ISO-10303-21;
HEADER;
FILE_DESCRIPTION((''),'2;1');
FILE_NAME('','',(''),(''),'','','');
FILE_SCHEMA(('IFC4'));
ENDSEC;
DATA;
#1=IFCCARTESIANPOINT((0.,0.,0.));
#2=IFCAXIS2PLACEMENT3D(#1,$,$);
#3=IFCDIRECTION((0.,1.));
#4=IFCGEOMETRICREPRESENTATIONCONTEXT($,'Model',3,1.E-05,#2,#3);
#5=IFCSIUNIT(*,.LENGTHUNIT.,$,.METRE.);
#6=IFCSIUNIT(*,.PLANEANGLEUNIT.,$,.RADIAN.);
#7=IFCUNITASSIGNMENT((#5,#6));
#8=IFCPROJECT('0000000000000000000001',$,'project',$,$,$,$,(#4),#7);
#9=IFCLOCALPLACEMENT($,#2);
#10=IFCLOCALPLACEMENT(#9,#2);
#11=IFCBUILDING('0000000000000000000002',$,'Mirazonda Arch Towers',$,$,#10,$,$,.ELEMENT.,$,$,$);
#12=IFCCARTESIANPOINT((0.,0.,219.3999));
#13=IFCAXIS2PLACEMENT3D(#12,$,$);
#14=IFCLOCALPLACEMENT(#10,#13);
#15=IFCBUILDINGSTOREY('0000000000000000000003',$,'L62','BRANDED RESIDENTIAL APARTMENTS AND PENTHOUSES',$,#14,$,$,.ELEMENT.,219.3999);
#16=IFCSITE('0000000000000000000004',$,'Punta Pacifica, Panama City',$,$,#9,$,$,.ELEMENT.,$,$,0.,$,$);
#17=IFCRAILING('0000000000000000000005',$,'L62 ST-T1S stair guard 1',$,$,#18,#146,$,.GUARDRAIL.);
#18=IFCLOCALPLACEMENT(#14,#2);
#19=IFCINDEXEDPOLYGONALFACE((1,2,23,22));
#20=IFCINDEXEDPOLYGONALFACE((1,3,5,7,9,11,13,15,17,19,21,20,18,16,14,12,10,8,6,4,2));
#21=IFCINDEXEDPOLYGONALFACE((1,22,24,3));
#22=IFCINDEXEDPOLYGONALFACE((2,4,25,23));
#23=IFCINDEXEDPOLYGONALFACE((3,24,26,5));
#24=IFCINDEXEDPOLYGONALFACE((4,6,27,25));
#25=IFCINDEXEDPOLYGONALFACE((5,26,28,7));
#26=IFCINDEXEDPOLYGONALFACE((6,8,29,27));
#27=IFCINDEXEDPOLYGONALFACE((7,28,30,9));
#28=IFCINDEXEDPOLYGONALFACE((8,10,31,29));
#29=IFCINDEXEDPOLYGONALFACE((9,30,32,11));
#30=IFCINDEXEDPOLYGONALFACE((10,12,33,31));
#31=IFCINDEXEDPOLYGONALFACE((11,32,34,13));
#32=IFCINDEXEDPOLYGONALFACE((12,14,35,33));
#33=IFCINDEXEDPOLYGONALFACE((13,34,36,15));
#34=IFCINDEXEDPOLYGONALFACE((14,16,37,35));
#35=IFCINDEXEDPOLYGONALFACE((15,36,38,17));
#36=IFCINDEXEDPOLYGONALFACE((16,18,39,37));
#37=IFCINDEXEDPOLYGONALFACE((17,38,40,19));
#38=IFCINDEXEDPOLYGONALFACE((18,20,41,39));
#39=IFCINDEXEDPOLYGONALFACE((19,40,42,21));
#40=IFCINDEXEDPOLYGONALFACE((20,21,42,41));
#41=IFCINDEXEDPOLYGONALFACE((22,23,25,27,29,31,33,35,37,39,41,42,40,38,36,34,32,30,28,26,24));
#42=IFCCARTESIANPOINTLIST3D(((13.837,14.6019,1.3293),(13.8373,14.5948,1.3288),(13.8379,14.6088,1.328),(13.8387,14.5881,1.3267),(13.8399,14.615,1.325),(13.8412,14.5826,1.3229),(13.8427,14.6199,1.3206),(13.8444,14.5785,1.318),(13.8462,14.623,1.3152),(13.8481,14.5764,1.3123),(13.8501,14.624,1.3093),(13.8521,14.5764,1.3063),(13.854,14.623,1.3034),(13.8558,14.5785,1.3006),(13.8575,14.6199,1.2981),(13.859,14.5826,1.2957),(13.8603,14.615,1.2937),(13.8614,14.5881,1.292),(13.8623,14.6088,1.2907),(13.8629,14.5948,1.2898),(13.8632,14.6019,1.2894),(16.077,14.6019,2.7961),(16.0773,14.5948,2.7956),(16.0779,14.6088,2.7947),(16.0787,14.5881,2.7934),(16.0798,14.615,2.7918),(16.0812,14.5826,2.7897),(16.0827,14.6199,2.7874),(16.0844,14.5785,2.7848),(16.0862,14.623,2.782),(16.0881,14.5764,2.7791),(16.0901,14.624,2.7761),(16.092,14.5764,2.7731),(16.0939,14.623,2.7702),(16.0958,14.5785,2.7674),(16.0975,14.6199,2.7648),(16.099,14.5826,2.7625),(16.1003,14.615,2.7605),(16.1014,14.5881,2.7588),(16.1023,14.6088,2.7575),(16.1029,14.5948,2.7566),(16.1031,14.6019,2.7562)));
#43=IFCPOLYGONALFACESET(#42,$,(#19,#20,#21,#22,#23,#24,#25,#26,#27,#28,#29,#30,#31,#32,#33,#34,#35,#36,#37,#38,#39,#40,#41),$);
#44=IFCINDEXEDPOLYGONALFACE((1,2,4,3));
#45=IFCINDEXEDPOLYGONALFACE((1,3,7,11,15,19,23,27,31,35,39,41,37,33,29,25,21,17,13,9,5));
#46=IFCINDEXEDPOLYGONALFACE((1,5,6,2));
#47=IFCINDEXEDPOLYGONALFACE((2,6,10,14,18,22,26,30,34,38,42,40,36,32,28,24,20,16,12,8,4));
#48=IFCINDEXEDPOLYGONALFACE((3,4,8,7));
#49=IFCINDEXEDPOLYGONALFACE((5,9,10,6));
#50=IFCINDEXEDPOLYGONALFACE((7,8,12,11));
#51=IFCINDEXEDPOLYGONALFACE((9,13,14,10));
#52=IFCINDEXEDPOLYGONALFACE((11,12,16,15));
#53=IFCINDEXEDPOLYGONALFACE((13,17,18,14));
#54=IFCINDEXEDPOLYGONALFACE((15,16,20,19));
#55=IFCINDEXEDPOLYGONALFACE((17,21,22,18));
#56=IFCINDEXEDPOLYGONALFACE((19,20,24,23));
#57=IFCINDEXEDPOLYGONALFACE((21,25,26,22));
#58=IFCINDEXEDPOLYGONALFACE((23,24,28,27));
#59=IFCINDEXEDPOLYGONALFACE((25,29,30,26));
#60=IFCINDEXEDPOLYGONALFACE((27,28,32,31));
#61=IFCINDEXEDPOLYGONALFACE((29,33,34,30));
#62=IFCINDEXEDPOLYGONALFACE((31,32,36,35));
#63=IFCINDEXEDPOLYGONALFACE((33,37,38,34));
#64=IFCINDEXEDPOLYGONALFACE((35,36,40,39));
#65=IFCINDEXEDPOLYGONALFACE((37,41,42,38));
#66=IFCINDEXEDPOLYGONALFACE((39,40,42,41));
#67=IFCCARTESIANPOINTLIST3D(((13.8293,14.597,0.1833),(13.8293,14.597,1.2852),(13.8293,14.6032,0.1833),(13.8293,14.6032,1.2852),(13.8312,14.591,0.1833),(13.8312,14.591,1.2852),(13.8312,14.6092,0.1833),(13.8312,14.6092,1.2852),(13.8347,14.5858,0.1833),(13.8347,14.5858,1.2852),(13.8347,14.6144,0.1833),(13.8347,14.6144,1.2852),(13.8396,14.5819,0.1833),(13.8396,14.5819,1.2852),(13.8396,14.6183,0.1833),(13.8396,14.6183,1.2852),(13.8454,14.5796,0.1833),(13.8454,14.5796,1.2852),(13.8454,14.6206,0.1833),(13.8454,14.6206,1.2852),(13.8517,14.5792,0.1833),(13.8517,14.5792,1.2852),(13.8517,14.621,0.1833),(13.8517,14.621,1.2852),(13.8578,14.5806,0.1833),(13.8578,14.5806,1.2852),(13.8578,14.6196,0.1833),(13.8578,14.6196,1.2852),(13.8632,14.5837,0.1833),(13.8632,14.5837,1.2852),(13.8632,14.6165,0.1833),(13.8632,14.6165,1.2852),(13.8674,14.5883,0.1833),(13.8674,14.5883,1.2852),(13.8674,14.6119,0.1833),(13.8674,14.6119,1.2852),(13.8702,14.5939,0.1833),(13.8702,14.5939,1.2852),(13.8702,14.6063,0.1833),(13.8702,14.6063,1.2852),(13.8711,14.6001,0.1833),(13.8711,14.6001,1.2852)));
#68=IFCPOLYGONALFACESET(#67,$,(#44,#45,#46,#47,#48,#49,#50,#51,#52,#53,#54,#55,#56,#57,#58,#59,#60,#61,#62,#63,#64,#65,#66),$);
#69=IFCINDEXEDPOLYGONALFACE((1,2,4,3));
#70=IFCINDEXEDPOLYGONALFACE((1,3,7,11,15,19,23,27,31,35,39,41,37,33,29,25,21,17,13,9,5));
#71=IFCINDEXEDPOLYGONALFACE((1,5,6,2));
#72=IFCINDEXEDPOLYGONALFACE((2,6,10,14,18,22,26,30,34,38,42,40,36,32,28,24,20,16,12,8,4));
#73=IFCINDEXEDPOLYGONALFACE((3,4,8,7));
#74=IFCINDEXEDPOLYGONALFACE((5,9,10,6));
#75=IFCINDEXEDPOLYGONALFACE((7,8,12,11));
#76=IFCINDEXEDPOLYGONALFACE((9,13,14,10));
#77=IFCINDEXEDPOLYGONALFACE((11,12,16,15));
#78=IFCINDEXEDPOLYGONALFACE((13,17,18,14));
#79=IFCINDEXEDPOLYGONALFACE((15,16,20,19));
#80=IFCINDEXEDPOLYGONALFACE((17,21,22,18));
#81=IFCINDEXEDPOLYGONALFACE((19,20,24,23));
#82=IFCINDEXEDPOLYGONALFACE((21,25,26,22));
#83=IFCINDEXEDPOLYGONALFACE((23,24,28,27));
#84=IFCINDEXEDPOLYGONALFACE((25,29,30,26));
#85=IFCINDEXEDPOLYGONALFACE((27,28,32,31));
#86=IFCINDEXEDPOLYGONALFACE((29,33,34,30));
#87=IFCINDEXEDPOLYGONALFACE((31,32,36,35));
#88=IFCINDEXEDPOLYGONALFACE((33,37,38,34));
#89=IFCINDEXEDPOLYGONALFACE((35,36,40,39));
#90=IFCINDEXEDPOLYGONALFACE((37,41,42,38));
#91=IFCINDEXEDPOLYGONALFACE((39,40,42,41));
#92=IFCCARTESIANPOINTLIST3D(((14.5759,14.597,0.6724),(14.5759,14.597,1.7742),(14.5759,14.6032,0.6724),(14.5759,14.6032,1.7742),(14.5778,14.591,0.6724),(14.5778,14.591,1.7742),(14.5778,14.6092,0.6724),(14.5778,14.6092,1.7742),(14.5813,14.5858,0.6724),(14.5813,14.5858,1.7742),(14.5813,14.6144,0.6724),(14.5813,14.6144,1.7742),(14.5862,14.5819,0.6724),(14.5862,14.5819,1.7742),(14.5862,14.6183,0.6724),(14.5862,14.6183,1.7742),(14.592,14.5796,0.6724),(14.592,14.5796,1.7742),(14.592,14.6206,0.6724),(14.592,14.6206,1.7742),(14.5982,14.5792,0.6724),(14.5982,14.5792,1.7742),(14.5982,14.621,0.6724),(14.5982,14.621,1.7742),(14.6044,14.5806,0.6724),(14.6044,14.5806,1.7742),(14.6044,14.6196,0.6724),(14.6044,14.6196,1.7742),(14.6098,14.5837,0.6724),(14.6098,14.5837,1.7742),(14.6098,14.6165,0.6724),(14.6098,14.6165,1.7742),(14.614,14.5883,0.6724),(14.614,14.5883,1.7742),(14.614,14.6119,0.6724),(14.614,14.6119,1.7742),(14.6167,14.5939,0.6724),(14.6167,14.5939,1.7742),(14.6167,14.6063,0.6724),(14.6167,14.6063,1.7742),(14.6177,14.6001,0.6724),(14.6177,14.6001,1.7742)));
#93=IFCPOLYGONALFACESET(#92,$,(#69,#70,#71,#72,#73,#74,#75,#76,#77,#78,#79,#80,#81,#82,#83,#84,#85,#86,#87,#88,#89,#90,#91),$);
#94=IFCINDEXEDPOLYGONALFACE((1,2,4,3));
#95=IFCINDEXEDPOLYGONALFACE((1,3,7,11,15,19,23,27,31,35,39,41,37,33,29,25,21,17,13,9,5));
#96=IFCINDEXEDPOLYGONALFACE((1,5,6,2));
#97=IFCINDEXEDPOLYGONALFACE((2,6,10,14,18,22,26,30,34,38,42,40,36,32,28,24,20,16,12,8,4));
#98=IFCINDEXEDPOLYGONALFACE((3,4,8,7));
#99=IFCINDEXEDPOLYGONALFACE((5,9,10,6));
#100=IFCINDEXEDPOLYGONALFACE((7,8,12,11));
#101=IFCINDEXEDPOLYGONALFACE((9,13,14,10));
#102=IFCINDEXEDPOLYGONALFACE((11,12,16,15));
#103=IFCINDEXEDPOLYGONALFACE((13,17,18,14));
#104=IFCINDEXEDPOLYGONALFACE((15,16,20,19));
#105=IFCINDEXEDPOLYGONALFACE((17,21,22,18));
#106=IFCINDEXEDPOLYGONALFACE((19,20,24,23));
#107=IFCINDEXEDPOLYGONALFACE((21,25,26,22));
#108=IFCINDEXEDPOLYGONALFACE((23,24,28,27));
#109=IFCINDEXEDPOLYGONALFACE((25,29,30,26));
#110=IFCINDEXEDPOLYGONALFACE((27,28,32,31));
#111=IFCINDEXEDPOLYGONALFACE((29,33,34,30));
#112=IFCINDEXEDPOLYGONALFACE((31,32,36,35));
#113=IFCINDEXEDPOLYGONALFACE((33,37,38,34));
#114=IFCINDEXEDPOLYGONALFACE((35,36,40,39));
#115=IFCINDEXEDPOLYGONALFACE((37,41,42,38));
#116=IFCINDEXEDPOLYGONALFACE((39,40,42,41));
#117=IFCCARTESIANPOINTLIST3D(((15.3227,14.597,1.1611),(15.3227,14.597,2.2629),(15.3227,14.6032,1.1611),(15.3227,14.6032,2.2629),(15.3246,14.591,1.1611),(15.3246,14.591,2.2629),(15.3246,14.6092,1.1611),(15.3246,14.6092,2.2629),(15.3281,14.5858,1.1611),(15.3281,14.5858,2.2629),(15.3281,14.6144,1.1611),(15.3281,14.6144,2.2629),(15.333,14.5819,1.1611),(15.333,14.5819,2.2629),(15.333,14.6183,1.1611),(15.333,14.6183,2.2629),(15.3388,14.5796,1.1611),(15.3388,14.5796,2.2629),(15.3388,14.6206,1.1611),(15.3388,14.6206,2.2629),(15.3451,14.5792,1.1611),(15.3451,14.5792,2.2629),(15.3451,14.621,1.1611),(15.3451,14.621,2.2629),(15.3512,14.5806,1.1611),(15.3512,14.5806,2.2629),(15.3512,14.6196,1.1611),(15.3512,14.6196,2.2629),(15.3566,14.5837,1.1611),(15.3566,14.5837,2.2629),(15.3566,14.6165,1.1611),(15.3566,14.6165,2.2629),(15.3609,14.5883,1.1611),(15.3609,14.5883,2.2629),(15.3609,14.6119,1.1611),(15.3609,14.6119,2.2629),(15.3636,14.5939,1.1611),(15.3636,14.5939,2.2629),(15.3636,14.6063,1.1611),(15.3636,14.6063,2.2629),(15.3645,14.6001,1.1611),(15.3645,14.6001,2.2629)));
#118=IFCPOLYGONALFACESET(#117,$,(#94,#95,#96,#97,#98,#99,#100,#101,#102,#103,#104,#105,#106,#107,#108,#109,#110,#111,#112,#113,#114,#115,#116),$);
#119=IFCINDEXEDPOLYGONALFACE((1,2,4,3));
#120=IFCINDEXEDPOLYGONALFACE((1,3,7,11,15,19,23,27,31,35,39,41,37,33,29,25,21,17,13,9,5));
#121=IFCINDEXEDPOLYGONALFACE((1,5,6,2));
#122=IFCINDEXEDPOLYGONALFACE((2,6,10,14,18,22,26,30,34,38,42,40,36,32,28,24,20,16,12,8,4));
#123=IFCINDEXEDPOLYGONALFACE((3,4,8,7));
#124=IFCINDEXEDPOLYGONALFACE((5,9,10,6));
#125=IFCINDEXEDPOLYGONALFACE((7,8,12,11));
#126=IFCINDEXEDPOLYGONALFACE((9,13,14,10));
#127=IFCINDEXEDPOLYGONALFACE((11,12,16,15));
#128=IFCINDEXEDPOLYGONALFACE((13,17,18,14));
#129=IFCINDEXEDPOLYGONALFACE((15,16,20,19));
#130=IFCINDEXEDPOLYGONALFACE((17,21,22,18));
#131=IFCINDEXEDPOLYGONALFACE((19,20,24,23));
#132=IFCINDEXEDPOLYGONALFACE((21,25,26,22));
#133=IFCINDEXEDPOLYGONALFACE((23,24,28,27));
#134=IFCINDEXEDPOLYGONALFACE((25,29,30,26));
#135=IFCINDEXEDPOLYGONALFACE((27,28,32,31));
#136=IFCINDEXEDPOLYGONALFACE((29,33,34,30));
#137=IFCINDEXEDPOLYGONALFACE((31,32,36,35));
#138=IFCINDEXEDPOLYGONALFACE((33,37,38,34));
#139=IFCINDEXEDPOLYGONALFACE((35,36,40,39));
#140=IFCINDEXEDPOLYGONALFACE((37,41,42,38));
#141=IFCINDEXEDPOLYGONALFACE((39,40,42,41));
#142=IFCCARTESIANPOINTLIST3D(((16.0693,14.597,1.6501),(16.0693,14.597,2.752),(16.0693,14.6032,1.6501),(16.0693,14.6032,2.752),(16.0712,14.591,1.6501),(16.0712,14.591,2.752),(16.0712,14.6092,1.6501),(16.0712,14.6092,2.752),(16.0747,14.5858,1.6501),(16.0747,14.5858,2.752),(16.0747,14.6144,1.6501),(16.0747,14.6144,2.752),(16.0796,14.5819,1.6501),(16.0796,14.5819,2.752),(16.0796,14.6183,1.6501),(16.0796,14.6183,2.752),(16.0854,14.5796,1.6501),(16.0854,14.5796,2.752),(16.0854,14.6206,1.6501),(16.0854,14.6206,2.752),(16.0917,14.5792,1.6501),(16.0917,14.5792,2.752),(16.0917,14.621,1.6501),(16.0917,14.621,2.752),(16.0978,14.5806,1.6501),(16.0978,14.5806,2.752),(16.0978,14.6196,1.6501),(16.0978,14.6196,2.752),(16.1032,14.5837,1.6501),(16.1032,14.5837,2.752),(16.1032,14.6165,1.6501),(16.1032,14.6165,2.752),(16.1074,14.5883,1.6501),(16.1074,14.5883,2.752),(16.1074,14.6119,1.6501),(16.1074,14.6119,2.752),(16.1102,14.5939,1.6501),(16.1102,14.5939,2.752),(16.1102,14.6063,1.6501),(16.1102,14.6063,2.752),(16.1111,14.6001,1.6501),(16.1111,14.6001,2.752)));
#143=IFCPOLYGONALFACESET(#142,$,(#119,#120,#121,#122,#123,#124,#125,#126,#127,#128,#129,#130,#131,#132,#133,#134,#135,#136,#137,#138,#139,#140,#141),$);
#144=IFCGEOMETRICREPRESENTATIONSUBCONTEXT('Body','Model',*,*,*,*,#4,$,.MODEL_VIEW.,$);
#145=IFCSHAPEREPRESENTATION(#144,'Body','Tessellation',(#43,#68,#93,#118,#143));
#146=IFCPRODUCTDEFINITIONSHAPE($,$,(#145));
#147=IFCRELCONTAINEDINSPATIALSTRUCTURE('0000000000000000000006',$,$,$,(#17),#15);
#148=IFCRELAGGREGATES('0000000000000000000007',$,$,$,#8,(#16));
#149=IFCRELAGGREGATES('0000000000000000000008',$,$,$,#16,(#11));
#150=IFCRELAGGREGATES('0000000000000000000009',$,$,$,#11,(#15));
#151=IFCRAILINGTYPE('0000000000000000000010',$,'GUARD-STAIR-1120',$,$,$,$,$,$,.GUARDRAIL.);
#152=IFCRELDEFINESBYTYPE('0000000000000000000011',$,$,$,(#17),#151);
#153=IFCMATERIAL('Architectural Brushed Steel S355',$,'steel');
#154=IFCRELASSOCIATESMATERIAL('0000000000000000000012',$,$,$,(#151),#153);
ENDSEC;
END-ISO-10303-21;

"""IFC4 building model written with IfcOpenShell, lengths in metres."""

from ifc_helpers import new_model, si_unit, direction, frame, origin, origin_2d, place, context, subcontext, project, spatial, circle, extrude, material, type_object, element, save


model = new_model("IFC4")

# Units and contexts
model_context = context("Model", 3, precision=1e-05, world=origin(), true_north=direction((0.0, 1.0)))
body_context = subcontext(model_context, "Body", "Model", "MODEL_VIEW")
ifc_project = project(units=[si_unit("LENGTHUNIT", "METRE"), si_unit("PLANEANGLEUNIT", "RADIAN")], contexts=[model_context])

# Site, building, storey
site_placement = place(None, origin())
site = spatial("IfcSite", under=ifc_project, at=site_placement, Name="Punta Pacifica, Panama City", CompositionType="ELEMENT", RefElevation=0.0)
building_placement = place(site_placement, origin())
building = spatial("IfcBuilding", under=site, at=building_placement, Name="Mirazonda Arch Towers", CompositionType="ELEMENT")
storey_placement = place(building_placement, frame((0.0, 0.0, 219.3999)))
storey = spatial("IfcBuildingStorey", under=building, at=storey_placement, Name="L62", Description="BRANDED RESIDENTIAL APARTMENTS AND PENTHOUSES", CompositionType="ELEMENT", Elevation=219.3999)

# Shared definitions
ifc_material_1 = material(Name="Architectural Brushed Steel S355", Category="steel")

# Railing
railing_type_1 = type_object("IfcRailingType", Name="GUARD-STAIR-1120", PredefinedType="GUARDRAIL", material=ifc_material_1)
railing_1_placement = place(storey_placement, frame((13.8501, 14.6001, 0.1833)))
element("IfcRailing", 1, at=railing_1_placement, inside=storey, type_object=railing_type_1, Name="L62 ST-T1S stair guard 1", PredefinedType="GUARDRAIL", context=body_context, shape_type="SweptSolid", body=[
    extrude(circle(Radius=0.0239, at=origin_2d()), frame((0.0, 0.0, 1.126), z_axis=(0.836595, 0.0, 0.547822), x_axis=(0.0, 1.0, 0.0)), (0.0, 0.0, 1.0), 2.6775),
    extrude(circle(Radius=0.021, at=origin_2d()), origin(), (0.0, 0.0, 1.0), 1.1018),
    extrude(circle(Radius=0.021, at=origin_2d()), frame((0.7466, 0.0, 0.489)), (0.0, 0.0, 1.0), 1.1018),
    extrude(circle(Radius=0.021, at=origin_2d()), frame((1.4934, 0.0, 0.9778)), (0.0, 0.0, 1.0), 1.1018),
    extrude(circle(Radius=0.021, at=origin_2d()), frame((2.24, 0.0, 1.4668)), (0.0, 0.0, 1.0), 1.1018),
])

save(model, "model.ifc")
